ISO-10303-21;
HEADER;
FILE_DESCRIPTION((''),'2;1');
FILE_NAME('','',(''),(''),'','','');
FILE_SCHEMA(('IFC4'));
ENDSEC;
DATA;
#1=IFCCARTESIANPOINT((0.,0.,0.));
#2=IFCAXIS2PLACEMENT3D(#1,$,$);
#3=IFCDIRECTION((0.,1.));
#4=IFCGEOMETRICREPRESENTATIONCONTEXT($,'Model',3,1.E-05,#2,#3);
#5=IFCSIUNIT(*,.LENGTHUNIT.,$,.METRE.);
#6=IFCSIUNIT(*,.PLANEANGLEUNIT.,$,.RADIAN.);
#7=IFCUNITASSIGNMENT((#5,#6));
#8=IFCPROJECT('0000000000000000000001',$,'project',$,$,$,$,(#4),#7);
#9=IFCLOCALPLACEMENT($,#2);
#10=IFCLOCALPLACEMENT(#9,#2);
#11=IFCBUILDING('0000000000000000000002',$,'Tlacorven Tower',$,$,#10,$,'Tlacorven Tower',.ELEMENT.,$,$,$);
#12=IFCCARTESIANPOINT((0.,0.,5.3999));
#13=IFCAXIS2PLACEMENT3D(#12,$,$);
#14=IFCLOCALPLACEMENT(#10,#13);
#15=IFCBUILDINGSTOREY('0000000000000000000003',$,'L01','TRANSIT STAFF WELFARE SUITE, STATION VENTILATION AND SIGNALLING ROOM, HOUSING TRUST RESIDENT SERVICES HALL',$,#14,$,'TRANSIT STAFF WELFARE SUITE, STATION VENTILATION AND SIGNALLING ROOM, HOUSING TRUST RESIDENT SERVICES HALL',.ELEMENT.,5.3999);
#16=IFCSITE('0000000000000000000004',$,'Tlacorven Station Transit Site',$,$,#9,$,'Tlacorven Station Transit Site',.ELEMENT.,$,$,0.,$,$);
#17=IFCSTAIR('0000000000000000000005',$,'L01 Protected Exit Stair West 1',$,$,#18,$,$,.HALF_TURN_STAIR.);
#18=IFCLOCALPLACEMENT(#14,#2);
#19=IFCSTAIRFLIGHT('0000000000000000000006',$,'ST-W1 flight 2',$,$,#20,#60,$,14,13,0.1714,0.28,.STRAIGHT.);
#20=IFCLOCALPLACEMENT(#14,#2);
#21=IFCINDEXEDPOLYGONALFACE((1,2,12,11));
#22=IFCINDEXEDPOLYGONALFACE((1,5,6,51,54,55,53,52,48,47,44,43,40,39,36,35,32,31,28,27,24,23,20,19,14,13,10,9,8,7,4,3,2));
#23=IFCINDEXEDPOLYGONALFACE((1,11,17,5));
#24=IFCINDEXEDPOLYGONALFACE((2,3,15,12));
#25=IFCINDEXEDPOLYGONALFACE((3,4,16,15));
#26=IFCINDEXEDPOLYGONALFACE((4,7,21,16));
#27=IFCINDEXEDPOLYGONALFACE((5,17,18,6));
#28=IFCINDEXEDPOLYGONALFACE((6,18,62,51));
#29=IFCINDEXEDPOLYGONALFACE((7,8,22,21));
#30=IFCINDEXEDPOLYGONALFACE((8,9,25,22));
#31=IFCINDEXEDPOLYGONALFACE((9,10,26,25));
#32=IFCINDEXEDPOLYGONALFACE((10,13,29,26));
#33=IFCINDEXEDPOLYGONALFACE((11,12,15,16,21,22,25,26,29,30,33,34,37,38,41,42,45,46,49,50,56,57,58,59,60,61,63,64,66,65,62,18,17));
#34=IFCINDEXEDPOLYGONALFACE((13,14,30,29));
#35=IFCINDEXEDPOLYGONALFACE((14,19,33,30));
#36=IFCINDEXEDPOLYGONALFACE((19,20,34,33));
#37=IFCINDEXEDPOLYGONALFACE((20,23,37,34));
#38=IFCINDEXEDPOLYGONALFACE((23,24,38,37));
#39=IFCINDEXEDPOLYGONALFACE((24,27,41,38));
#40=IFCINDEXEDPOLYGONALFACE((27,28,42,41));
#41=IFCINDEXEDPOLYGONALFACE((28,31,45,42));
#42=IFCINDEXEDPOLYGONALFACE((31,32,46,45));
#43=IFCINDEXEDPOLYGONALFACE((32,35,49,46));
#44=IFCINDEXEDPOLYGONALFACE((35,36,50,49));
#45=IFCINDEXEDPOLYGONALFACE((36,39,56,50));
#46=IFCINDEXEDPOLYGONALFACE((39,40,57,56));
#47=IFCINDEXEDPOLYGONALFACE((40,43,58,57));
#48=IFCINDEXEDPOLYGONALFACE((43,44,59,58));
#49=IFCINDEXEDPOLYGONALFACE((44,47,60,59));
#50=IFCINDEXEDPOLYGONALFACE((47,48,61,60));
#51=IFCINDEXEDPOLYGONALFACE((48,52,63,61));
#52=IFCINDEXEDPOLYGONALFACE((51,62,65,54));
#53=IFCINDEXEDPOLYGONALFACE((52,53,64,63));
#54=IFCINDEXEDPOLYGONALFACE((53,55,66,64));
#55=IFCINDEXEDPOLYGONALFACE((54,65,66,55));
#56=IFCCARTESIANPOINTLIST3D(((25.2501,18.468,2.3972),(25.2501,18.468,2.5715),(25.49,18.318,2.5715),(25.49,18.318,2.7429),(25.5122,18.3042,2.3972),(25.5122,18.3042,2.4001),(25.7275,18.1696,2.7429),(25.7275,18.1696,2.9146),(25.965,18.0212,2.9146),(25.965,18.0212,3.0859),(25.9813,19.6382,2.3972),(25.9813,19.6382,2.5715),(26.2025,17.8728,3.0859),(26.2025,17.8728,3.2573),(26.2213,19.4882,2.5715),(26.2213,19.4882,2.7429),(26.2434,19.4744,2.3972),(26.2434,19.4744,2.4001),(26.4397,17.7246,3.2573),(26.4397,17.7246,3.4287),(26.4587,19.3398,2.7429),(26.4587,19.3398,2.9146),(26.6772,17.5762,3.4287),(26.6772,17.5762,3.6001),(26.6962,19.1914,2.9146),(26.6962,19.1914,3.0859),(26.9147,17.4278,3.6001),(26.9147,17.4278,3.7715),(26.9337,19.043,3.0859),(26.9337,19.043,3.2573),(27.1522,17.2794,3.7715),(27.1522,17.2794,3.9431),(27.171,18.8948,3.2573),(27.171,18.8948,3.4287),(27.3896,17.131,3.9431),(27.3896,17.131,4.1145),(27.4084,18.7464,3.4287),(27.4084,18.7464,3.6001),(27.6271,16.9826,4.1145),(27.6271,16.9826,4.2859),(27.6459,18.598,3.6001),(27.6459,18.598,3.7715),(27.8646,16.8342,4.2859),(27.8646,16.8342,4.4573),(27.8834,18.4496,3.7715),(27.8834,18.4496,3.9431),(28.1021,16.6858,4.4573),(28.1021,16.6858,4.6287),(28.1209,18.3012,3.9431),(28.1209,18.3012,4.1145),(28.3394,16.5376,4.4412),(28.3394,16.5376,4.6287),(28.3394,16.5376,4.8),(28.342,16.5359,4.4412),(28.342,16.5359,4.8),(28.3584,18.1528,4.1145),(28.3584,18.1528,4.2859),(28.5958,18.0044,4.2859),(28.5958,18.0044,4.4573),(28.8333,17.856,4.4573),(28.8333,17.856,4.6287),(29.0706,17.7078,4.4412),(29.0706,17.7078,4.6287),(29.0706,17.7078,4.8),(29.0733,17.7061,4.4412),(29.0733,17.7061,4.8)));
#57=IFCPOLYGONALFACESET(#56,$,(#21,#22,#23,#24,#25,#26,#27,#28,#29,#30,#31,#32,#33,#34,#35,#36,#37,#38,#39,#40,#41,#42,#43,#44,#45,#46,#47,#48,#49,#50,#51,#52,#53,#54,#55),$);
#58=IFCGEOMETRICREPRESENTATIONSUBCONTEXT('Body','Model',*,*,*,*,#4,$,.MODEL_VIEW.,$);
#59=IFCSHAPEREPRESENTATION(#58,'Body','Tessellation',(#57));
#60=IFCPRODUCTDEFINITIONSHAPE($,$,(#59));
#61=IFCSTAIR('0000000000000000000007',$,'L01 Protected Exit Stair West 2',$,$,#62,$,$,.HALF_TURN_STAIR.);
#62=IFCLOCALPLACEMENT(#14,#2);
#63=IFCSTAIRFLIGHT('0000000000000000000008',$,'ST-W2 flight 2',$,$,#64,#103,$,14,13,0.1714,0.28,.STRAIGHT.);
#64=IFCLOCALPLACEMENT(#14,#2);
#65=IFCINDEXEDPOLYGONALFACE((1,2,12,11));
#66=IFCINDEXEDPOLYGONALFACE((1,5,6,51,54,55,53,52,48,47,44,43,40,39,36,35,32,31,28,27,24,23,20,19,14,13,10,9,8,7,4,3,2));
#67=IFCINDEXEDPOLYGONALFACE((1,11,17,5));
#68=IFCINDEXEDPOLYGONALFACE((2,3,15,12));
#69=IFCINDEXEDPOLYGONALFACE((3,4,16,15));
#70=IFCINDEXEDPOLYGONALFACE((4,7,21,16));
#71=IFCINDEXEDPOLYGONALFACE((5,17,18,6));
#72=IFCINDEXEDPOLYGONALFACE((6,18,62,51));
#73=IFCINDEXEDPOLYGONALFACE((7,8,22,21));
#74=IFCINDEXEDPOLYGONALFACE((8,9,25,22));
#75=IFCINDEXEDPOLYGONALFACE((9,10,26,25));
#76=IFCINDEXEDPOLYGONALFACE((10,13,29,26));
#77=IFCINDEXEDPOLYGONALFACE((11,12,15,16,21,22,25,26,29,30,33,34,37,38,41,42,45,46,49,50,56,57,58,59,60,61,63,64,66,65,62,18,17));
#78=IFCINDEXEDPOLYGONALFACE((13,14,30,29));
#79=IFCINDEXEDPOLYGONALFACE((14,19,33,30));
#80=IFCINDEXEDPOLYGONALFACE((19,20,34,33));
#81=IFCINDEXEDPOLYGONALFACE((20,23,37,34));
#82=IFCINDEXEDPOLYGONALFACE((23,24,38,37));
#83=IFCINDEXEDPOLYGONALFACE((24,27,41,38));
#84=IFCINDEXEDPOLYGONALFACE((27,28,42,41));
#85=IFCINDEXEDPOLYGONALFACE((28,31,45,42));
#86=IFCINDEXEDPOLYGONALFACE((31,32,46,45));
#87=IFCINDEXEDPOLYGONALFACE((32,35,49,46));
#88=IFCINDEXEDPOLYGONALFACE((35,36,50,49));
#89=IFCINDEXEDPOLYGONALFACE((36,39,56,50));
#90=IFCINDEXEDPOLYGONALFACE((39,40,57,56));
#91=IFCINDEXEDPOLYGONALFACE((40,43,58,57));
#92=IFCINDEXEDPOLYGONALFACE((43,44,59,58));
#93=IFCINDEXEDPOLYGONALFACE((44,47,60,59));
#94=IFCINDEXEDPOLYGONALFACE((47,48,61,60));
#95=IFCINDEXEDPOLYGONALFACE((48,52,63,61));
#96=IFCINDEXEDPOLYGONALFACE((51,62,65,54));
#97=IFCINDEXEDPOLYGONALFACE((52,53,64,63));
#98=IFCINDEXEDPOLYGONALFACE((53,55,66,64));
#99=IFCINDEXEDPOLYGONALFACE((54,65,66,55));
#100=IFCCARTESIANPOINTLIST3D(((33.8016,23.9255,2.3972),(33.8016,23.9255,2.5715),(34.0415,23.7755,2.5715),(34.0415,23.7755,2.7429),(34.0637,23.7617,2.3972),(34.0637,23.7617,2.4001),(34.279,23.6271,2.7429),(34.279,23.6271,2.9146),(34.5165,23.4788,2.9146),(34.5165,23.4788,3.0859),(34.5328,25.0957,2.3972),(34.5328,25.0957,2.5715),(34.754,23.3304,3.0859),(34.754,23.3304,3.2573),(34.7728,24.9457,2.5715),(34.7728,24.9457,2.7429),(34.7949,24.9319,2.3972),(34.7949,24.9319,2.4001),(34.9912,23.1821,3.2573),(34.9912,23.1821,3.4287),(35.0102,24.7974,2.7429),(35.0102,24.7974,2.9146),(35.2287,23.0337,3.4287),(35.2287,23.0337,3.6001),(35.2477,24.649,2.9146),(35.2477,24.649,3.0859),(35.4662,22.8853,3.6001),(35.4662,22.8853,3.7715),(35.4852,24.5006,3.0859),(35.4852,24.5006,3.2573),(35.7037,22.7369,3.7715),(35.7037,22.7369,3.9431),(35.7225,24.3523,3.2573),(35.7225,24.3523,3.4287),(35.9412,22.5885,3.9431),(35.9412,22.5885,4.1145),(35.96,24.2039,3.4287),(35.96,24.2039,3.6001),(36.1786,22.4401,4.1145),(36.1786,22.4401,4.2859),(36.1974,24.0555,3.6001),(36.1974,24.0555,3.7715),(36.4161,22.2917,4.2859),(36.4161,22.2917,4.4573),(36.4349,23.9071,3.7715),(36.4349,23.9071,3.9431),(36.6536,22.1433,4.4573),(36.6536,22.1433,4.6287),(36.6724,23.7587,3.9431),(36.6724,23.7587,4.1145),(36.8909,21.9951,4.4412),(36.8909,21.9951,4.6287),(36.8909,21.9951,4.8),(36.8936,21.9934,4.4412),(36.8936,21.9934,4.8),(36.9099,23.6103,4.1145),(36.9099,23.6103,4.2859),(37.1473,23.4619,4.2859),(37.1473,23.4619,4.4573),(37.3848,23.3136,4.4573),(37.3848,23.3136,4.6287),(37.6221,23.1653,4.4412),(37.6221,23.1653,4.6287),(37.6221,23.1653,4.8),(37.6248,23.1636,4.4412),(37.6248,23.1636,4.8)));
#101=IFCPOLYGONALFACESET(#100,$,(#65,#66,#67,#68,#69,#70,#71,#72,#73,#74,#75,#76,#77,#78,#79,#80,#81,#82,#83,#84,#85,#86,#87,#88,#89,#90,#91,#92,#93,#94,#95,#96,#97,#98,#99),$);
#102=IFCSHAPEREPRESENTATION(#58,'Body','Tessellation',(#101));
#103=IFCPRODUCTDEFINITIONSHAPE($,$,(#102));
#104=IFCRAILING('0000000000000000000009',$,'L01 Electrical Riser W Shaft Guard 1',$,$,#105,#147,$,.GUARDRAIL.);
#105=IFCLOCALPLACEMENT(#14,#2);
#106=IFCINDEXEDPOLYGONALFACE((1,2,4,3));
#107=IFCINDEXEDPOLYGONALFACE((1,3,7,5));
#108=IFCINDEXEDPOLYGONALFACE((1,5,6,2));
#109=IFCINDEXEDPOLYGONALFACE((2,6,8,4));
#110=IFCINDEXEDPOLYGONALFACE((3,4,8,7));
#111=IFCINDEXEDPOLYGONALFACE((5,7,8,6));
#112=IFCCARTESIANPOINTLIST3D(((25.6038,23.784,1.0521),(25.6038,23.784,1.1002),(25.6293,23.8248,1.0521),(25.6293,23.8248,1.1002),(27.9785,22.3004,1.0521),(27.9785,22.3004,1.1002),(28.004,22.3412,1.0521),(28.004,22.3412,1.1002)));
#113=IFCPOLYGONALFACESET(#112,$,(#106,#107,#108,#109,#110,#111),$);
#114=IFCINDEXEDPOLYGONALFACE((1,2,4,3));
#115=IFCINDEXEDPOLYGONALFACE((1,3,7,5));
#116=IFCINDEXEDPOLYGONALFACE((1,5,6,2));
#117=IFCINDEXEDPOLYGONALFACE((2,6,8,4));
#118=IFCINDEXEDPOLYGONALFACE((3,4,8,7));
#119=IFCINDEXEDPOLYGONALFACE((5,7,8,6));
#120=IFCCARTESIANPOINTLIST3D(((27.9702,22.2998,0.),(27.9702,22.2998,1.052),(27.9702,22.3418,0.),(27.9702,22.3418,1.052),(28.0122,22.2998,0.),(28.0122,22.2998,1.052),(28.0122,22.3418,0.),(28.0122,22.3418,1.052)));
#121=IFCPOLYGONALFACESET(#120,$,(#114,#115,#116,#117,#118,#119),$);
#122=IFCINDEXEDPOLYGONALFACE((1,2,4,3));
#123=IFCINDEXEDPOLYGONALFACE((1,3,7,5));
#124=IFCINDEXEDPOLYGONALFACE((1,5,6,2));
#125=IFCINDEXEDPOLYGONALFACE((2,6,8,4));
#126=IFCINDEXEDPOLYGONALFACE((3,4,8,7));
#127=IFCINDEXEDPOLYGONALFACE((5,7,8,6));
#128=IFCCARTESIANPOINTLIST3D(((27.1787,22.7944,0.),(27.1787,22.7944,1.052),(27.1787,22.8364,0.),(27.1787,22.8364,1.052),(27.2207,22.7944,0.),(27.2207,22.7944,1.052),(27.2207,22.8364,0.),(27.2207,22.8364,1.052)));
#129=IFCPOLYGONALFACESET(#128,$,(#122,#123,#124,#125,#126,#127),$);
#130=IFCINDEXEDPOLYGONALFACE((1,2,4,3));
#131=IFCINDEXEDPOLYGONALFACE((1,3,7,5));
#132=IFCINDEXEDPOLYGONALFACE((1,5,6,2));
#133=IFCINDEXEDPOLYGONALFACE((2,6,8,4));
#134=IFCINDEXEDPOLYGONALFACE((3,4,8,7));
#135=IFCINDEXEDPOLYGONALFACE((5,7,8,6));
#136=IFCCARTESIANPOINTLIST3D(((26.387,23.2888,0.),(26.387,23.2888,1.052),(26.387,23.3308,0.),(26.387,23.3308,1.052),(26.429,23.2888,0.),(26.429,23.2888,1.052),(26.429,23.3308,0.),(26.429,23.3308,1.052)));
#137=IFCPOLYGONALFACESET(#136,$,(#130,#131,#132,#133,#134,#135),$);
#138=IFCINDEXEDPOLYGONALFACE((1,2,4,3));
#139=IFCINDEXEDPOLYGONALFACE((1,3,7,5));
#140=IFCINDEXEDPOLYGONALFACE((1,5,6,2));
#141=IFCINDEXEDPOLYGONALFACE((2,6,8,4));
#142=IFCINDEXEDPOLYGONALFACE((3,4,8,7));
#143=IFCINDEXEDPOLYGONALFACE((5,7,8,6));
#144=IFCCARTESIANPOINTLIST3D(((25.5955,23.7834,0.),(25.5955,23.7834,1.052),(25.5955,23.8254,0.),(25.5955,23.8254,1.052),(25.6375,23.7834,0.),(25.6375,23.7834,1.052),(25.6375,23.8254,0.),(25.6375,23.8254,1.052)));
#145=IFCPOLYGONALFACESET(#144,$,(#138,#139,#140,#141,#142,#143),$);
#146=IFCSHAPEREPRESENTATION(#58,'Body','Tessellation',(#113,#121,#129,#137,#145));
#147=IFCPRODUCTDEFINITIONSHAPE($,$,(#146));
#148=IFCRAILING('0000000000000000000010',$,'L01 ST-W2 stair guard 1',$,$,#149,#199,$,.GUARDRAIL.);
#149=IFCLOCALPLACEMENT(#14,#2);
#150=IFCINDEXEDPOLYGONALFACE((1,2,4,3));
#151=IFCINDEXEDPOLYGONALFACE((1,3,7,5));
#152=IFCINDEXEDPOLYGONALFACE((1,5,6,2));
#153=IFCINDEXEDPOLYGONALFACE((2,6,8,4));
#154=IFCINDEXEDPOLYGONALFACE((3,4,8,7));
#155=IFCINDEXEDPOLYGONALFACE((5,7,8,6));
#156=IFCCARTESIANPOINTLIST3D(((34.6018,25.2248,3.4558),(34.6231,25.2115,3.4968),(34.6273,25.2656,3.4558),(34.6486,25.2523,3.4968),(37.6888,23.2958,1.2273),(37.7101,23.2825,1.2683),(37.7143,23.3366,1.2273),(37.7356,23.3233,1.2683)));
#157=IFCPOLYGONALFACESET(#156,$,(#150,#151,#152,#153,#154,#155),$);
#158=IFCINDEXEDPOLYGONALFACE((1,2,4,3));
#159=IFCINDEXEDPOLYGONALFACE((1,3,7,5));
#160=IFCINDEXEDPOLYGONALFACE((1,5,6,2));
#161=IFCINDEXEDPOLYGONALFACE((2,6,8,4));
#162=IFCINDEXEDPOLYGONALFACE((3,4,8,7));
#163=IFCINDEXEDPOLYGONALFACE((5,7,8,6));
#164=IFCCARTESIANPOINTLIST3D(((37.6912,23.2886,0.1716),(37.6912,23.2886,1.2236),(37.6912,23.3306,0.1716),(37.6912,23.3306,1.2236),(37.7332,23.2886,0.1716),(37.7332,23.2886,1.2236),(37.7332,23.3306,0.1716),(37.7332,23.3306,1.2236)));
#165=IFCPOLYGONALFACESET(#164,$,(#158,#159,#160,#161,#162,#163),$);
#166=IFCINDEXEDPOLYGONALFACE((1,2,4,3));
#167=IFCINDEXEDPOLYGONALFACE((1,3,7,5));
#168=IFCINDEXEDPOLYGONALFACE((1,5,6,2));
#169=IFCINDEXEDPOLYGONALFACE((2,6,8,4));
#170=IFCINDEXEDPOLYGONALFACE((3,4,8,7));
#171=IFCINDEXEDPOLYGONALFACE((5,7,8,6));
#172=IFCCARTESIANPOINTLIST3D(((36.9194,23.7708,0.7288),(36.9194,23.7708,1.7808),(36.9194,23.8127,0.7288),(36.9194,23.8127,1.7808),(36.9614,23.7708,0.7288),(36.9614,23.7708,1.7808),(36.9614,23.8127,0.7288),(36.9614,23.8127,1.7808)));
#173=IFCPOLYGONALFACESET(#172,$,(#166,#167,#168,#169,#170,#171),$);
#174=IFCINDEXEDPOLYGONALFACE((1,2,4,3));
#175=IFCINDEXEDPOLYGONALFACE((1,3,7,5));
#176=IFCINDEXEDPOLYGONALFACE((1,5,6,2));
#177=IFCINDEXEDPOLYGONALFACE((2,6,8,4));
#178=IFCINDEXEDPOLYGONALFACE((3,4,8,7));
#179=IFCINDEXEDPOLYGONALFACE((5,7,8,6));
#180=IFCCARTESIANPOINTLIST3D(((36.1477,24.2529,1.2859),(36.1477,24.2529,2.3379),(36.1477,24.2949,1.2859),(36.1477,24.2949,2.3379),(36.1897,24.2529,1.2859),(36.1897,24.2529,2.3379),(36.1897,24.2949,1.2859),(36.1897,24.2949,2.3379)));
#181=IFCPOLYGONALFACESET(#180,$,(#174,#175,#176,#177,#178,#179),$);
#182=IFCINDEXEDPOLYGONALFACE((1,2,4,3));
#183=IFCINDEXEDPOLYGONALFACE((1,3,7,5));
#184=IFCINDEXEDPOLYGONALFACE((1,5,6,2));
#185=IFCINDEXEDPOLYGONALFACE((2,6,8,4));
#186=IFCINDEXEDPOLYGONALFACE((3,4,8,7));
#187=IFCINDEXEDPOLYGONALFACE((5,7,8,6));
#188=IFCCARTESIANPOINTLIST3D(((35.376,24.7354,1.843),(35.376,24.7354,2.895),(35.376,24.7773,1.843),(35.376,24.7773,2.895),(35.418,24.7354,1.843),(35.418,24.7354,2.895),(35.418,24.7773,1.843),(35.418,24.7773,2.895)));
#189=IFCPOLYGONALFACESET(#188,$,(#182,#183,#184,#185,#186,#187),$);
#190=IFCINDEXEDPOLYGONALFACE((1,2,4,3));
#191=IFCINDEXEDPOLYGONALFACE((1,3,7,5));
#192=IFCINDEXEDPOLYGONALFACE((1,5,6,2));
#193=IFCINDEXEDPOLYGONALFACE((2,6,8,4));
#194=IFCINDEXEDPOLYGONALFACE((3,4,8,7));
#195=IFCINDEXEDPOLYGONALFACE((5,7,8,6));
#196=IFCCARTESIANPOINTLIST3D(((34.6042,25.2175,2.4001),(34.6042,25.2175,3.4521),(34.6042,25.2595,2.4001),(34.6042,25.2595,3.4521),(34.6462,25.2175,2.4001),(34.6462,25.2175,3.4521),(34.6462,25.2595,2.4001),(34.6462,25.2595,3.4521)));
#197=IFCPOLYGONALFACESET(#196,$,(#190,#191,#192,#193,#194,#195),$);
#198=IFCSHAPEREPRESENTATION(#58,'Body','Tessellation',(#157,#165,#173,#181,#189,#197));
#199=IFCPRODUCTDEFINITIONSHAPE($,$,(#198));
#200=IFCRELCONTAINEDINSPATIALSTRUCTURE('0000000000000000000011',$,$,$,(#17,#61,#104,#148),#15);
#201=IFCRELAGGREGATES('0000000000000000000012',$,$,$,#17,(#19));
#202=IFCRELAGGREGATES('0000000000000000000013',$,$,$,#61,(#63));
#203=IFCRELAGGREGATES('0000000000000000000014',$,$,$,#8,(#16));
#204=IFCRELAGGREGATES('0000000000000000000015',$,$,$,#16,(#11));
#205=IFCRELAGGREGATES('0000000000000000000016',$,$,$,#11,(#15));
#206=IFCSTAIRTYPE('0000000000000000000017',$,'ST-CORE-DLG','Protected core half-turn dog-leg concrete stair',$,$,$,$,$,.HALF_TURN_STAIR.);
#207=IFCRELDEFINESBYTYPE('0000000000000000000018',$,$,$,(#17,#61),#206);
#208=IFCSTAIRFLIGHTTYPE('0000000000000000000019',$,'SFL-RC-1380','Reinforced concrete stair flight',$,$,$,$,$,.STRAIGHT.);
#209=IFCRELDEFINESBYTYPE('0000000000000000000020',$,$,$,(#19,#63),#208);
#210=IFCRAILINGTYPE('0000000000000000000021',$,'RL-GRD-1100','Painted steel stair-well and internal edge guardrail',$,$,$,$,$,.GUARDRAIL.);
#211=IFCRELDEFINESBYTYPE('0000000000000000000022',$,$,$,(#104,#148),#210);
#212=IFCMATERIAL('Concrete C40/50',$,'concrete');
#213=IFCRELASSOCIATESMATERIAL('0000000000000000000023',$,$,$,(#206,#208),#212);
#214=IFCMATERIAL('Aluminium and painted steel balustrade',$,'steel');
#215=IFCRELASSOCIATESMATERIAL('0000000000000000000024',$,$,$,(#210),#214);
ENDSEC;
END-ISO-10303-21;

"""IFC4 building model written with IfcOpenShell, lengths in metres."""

from ifc_helpers import new_model, si_unit, direction, frame, origin, origin_2d, place, context, subcontext, project, spatial, polyline, rectangle, outline, extrude, source, transform, mapped, material, type_object, element, aggregate, save


model = new_model("IFC4")

# Units and contexts
model_context = context("Model", 3, precision=1e-05, world=origin(), true_north=direction((0.0, 1.0)))
body_context = subcontext(model_context, "Body", "Model", "MODEL_VIEW")
ifc_project = project(units=[si_unit("LENGTHUNIT", "METRE"), si_unit("PLANEANGLEUNIT", "RADIAN")], contexts=[model_context])

# Site, building, storey
site_placement = place(None, origin())
site = spatial("IfcSite", under=ifc_project, at=site_placement, Name="Tlacorven Station Transit Site", LongName="Tlacorven Station Transit Site", CompositionType="ELEMENT", RefElevation=0.0)
building_placement = place(site_placement, origin())
building = spatial("IfcBuilding", under=site, at=building_placement, Name="Tlacorven Tower", LongName="Tlacorven Tower", CompositionType="ELEMENT")
storey_placement = place(building_placement, frame((0.0, 0.0, 5.3999)))
storey = spatial("IfcBuildingStorey", under=building, at=storey_placement, Name="L01", Description="TRANSIT STAFF WELFARE SUITE, STATION VENTILATION AND SIGNALLING ROOM, HOUSING TRUST RESIDENT SERVICES HALL", LongName="TRANSIT STAFF WELFARE SUITE, STATION VENTILATION AND SIGNALLING ROOM, HOUSING TRUST RESIDENT SERVICES HALL", CompositionType="ELEMENT", Elevation=5.3999)

# Shared definitions
ifc_material_1 = material(Name="Concrete C40/50", Category="concrete")

# Stairs, stair flights
stair_type = type_object("IfcStairType", Name="ST-CORE-DLG", Description="Protected core half-turn dog-leg concrete stair", PredefinedType="HALF_TURN_STAIR", material=ifc_material_1)
stair_1_placement = place(storey_placement, origin())
stair_1 = element("IfcStair", 1, at=stair_1_placement, inside=storey, type_object=stair_type, Name="L01 Protected Exit Stair West 1", PredefinedType="HALF_TURN_STAIR")
stair_flight_type = type_object("IfcStairFlightType", Name="SFL-RC-1380", Description="Reinforced concrete stair flight", PredefinedType="STRAIGHT", material=ifc_material_1)
shared_shape_1 = source(origin(), body_context, "Body", "SweptSolid", [
    extrude(outline(polyline([(-0.0029, -0.0029), (-0.0029, 0.1714), (0.28, 0.1714), (0.28, 0.3428), (0.5601, 0.3428), (0.5601, 0.5144), (0.8401, 0.5144), (0.8401, 0.6858), (1.1201, 0.6858), (1.1201, 0.8572), (1.3999, 0.8572), (1.3999, 1.0286), (1.6799, 1.0286), (1.6799, 1.2), (1.96, 1.2), (1.96, 1.3713), (2.24, 1.3713), (2.24, 1.543), (2.52, 1.543), (2.52, 1.7144), (2.8, 1.7144), (2.8, 1.8857), (3.0801, 1.8857), (3.0801, 2.0571), (3.3601, 2.0571), (3.3601, 2.2285), (3.6399, 2.2285), (3.6399, 2.3999), (3.6431, 2.3999), (3.6431, 2.041), (3.6399, 2.041), (0.3062, 0.0), (0.3062, -0.0029), (-0.0029, -0.0029)])), frame((0.0, 0.6899, 0.0), z_axis=(0.0, -1.0, 0.0), x_axis=(1.0, 0.0, 0.0)), (0.0, 0.0, 1.0), 1.3799),
])
stair_flight_1_placement = place(storey_placement, frame((25.6182, 19.0515, 2.4001), z_axis=(0.0, 0.0, 1.0), x_axis=(0.848048, -0.529919, 0.0)))
stair_flight_1 = element("IfcStairFlight", 2, at=stair_flight_1_placement, type_object=stair_flight_type, Name="ST-W1 flight 2", NumberOfRisers=14, NumberOfTreads=13, PredefinedType="STRAIGHT", RiserHeight=0.1714, TreadLength=0.28, context=body_context, shape_type="MappedRepresentation", body=[
    mapped(shared_shape_1, transform((0.0, 0.0, 0.0), scale=1.0)),
])
aggregate(stair_1, [stair_flight_1])
stair_2_placement = place(storey_placement, origin())
stair_2 = element("IfcStair", 3, at=stair_2_placement, inside=storey, type_object=stair_type, Name="L01 Protected Exit Stair West 2", PredefinedType="HALF_TURN_STAIR")
stair_flight_2_placement = place(storey_placement, frame((34.1697, 24.509, 2.4001), z_axis=(0.0, 0.0, 1.0), x_axis=(0.848048, -0.529919, 0.0)))
stair_flight_2 = element("IfcStairFlight", 4, at=stair_flight_2_placement, type_object=stair_flight_type, Name="ST-W2 flight 2", NumberOfRisers=14, NumberOfTreads=13, PredefinedType="STRAIGHT", RiserHeight=0.1714, TreadLength=0.28, context=body_context, shape_type="MappedRepresentation", body=[
    mapped(shared_shape_1, transform((0.0, 0.0, 0.0), scale=1.0)),
])
aggregate(stair_2, [stair_flight_2])

# Railings
ifc_material_2 = material(Name="Aluminium and painted steel balustrade", Category="steel")
railing_type_1 = type_object("IfcRailingType", Name="RL-GRD-1100", Description="Painted steel stair-well and internal edge guardrail", PredefinedType="GUARDRAIL", material=ifc_material_2)
shared_shape_2 = source(origin(), body_context, "Body", "SweptSolid", [
    extrude(rectangle(XDim=0.0481, YDim=0.0481, at=origin_2d()), frame((0.0, 0.0, 1.0762), z_axis=(-0.848091, 0.52985, 0.0), x_axis=(-0.52985, -0.848091, 0.0)), (0.0, 0.0, 1.0), 2.8),
    extrude(rectangle(XDim=0.042, YDim=0.042, at=origin_2d()), origin(), (0.0, 0.0, 1.0), 1.052),
    extrude(rectangle(XDim=0.042, YDim=0.042, at=origin_2d()), frame((-0.7915, 0.4946, 0.0)), (0.0, 0.0, 1.0), 1.052),
    extrude(rectangle(XDim=0.042, YDim=0.042, at=origin_2d()), frame((-1.5833, 0.989, 0.0)), (0.0, 0.0, 1.0), 1.052),
    extrude(rectangle(XDim=0.042, YDim=0.042, at=origin_2d()), frame((-2.3748, 1.4836, 0.0)), (0.0, 0.0, 1.0), 1.052),
])
railing_1_placement = place(storey_placement, frame((27.9912, 22.3208, 0.0)))
element("IfcRailing", 5, at=railing_1_placement, inside=storey, type_object=railing_type_1, Name="L01 Electrical Riser W Shaft Guard 1", PredefinedType="GUARDRAIL", context=body_context, shape_type="MappedRepresentation", body=[
    mapped(shared_shape_2, transform((0.0, 0.0, 0.0), scale=1.0)),
])
shared_shape_3 = source(origin(), body_context, "Body", "SweptSolid", [
    extrude(rectangle(XDim=0.0481, YDim=0.0481, at=origin_2d()), frame((0.0, 0.0, 1.0762), z_axis=(-0.723262, 0.451953, 0.52214), x_axis=(-0.529927, -0.848044, 0.0)), (0.0, 0.0, 1.0), 4.2681),
    extrude(rectangle(XDim=0.042, YDim=0.042, at=origin_2d()), origin(), (0.0, 0.0, 1.0), 1.052),
    extrude(rectangle(XDim=0.042, YDim=0.042, at=origin_2d()), frame((-0.7717, 0.4822, 0.5571)), (0.0, 0.0, 1.0), 1.052),
    extrude(rectangle(XDim=0.042, YDim=0.042, at=origin_2d()), frame((-1.5435, 0.9644, 1.1143)), (0.0, 0.0, 1.0), 1.052),
    extrude(rectangle(XDim=0.042, YDim=0.042, at=origin_2d()), frame((-2.3152, 1.4468, 1.6714)), (0.0, 0.0, 1.0), 1.052),
    extrude(rectangle(XDim=0.042, YDim=0.042, at=origin_2d()), frame((-3.0869, 1.929, 2.2285)), (0.0, 0.0, 1.0), 1.052),
])
railing_2_placement = place(storey_placement, frame((37.7122, 23.3096, 0.1716)))
element("IfcRailing", 6, at=railing_2_placement, inside=storey, type_object=railing_type_1, Name="L01 ST-W2 stair guard 1", PredefinedType="GUARDRAIL", context=body_context, shape_type="MappedRepresentation", body=[
    mapped(shared_shape_3, transform((0.0, 0.0, 0.0), scale=1.0)),
])

save(model, "model.ifc")
